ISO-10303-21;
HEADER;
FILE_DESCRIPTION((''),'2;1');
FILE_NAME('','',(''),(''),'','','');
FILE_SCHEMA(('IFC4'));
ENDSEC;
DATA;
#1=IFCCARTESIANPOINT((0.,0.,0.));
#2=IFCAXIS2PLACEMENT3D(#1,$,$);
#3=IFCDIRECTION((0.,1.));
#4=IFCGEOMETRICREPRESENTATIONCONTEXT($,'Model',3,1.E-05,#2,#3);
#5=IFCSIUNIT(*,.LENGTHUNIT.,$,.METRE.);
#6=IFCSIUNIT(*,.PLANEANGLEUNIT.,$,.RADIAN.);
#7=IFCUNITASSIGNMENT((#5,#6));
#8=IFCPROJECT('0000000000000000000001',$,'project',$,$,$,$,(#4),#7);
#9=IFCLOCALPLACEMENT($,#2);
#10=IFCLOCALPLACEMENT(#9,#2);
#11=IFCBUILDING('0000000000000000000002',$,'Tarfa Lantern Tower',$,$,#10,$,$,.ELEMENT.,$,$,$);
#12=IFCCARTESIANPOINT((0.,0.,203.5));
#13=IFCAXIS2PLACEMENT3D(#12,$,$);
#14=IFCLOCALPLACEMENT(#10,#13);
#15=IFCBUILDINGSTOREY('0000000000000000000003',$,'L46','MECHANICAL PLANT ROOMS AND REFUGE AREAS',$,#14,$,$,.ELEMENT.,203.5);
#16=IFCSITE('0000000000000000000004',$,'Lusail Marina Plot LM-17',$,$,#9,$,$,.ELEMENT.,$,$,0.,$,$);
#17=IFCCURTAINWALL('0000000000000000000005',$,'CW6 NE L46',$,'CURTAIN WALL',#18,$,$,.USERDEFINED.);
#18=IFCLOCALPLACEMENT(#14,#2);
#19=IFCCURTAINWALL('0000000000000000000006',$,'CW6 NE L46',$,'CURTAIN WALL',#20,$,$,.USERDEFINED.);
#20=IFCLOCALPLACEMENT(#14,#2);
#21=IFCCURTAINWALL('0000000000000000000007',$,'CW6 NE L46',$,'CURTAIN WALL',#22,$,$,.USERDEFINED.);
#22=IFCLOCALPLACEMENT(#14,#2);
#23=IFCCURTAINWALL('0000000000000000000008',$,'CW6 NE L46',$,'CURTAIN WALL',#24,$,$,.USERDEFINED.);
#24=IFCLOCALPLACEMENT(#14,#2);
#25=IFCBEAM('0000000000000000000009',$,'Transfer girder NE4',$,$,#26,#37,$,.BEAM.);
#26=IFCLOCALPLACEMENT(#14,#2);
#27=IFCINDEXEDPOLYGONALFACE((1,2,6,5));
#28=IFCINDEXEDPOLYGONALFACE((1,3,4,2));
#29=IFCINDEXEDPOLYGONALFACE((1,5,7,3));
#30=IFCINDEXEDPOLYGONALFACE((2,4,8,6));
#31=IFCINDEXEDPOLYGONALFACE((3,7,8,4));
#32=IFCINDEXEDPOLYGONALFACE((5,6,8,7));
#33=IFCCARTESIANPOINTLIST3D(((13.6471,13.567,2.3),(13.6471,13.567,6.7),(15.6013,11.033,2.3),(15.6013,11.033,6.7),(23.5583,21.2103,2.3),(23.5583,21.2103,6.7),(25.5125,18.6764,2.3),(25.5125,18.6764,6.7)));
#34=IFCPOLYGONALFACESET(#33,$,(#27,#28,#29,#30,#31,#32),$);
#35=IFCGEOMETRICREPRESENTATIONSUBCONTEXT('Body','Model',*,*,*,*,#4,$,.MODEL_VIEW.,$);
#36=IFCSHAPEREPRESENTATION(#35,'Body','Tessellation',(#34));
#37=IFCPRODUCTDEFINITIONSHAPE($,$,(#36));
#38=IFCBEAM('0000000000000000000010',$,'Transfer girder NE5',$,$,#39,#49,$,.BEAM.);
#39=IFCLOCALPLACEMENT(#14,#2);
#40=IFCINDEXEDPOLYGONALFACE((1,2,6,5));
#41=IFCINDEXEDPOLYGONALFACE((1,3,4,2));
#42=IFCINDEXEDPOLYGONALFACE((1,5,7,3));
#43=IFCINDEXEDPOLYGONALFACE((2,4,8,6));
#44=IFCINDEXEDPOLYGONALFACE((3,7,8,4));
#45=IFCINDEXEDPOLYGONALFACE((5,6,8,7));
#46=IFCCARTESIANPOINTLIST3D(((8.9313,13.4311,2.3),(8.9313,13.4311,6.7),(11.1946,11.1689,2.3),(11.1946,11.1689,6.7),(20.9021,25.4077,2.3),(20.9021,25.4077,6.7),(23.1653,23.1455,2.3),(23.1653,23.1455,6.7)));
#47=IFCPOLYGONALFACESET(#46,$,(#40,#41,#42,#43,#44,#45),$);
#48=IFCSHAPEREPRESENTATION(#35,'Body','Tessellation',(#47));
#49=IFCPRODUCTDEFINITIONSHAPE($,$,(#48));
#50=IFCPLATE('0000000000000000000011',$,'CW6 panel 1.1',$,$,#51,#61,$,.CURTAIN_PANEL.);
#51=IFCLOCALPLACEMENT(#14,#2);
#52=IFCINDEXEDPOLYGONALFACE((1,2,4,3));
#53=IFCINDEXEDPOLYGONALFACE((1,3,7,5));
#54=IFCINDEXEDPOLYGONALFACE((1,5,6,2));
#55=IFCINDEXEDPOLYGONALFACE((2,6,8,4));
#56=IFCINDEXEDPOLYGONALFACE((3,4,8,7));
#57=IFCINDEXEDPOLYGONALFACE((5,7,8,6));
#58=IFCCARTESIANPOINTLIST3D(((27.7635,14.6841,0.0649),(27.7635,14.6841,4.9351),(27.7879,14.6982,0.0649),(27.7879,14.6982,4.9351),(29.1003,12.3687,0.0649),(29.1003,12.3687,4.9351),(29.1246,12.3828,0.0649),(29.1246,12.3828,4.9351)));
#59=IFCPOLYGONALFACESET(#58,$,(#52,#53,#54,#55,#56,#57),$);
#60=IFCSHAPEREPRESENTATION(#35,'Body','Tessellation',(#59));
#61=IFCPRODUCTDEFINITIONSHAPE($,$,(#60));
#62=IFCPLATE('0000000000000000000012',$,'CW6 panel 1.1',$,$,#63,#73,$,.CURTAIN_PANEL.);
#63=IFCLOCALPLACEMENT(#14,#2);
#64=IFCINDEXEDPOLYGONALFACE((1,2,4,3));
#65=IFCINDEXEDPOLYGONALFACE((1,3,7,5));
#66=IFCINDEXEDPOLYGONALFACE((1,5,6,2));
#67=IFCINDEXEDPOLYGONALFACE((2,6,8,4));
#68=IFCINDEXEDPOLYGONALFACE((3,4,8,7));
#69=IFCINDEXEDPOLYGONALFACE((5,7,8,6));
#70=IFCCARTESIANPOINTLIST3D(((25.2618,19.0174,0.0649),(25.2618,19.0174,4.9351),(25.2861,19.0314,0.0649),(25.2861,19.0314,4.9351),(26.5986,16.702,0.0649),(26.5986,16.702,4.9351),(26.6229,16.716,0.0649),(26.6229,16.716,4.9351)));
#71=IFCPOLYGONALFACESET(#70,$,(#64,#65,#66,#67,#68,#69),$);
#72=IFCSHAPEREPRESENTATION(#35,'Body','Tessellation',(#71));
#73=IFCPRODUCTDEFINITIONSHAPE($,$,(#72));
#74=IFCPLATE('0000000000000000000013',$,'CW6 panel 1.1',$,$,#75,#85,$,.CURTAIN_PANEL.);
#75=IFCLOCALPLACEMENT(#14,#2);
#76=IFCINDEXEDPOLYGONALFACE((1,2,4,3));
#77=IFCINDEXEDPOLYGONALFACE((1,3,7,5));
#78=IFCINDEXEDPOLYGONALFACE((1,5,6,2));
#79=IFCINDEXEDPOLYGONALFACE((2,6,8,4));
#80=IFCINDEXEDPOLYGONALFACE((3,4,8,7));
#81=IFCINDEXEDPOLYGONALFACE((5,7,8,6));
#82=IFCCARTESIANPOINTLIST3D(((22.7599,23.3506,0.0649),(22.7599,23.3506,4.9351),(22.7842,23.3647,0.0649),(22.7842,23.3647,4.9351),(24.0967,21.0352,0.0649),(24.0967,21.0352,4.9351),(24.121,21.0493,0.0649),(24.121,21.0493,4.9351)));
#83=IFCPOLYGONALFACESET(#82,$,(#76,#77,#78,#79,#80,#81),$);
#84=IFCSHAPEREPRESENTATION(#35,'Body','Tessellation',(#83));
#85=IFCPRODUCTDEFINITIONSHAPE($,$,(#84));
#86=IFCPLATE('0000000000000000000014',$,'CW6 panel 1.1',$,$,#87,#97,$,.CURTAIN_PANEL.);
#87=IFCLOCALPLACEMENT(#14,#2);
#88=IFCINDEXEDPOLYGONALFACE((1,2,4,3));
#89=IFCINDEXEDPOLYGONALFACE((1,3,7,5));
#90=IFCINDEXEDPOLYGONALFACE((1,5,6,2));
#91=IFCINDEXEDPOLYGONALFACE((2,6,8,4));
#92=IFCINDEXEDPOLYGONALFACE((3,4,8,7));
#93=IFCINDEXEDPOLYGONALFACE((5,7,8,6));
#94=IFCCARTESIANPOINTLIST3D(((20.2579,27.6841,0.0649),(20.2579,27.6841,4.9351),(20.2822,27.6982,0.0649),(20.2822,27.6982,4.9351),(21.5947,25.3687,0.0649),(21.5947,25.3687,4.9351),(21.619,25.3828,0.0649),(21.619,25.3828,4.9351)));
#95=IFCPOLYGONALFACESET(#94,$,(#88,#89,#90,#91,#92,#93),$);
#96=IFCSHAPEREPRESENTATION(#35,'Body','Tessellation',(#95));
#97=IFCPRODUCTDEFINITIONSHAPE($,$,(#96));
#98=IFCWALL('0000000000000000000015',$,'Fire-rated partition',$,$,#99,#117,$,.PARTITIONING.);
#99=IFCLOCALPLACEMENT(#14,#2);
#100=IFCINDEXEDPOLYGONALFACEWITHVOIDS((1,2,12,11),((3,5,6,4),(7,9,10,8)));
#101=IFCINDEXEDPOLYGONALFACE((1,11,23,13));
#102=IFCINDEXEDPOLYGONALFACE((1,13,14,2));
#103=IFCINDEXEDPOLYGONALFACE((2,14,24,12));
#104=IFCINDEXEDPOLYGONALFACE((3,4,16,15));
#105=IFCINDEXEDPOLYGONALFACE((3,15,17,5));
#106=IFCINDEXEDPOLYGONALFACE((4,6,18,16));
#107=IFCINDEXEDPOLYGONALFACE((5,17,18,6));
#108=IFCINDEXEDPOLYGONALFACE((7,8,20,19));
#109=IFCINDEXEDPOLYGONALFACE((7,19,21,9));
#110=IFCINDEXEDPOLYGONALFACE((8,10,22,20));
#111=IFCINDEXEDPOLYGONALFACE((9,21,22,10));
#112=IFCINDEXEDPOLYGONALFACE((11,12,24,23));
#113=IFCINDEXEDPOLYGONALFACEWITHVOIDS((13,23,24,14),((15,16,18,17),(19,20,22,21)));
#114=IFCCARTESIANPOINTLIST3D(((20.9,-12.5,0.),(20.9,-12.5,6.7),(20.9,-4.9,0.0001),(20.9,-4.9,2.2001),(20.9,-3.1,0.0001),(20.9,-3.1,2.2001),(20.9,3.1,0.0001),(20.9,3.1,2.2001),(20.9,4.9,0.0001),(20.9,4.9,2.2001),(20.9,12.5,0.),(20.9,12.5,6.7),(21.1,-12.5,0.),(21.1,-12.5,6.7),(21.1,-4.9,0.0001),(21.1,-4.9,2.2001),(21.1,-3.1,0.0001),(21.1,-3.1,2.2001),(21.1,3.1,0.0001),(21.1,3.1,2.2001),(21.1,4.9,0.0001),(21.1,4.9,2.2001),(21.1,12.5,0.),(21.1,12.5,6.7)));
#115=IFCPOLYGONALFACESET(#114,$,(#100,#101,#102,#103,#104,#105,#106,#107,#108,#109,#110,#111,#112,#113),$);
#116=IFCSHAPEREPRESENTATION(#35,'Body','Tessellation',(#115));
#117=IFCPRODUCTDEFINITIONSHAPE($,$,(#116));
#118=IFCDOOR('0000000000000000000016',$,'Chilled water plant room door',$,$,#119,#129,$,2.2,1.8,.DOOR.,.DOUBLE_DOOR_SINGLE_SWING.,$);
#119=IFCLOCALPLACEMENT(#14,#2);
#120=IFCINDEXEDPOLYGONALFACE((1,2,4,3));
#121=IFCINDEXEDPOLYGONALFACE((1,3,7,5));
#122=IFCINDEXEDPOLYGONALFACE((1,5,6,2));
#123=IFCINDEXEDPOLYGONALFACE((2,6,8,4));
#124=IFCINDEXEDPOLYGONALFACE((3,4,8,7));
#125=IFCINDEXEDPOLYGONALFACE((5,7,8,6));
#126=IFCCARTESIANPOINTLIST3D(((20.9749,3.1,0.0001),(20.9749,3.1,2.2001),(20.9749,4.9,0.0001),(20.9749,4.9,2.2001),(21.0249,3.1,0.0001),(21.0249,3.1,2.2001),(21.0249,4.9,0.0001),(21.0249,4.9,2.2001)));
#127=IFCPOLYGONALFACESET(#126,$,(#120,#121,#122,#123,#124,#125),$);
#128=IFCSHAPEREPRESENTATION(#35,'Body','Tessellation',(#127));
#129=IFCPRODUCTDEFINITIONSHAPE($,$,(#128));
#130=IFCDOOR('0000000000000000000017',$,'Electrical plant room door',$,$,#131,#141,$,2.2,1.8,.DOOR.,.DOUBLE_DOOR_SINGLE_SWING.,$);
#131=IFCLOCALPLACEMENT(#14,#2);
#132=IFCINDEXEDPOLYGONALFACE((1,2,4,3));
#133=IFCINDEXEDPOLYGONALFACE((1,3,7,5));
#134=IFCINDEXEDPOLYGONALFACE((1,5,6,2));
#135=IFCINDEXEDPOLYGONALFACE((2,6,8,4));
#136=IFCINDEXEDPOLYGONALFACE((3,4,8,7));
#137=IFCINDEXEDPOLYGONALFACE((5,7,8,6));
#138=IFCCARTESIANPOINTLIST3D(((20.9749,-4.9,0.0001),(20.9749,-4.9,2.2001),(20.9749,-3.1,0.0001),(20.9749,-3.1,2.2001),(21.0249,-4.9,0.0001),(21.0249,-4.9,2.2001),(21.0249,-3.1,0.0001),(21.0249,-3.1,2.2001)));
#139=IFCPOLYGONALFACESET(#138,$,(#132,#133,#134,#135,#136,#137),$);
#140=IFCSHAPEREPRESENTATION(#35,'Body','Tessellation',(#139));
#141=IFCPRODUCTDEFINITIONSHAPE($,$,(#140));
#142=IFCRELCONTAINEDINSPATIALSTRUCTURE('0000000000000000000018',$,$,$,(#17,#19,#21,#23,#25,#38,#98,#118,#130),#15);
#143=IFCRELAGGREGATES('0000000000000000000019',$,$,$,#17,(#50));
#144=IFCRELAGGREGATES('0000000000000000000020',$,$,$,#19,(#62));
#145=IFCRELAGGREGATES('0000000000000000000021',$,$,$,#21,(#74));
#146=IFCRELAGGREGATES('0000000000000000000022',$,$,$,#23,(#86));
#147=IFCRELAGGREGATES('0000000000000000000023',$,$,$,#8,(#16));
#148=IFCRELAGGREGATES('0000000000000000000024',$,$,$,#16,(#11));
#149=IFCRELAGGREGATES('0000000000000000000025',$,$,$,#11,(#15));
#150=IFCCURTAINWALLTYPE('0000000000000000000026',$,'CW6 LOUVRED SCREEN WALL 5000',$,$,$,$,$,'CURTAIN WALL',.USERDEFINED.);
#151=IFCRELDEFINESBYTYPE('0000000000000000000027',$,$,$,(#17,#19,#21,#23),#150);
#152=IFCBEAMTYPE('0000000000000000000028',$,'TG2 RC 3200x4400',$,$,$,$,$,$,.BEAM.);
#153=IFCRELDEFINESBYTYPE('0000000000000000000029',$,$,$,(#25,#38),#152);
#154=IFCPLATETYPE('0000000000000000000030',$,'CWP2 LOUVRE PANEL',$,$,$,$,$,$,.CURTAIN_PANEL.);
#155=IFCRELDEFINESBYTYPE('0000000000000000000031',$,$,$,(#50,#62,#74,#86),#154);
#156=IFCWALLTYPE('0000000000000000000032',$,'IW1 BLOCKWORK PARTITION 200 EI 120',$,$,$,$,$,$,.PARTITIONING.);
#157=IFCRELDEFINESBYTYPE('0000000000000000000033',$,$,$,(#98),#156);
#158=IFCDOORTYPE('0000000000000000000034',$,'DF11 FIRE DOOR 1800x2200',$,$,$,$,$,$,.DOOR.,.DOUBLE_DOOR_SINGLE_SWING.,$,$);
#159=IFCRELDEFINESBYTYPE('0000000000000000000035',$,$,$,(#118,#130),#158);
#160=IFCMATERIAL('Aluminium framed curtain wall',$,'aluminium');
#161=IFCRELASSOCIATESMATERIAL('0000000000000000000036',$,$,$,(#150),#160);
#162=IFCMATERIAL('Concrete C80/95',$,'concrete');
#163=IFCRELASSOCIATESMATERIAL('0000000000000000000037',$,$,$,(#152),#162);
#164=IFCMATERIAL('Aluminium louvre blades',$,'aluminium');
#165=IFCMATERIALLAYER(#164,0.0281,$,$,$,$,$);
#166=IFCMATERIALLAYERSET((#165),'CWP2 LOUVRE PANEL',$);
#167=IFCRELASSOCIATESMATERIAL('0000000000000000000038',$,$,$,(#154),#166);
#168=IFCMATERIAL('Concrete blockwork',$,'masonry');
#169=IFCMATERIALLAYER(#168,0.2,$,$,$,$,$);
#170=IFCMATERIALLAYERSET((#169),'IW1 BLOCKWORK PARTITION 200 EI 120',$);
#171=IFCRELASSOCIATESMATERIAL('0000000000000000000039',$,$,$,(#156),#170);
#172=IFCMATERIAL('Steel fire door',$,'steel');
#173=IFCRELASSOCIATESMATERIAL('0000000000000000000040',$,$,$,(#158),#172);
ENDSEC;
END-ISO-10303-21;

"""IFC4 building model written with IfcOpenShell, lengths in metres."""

from ifc_helpers import new_model, si_unit, direction, frame, frame_2d, origin, origin_2d, place, context, subcontext, project, spatial, rectangle, extrude, material, layer, layer_set, material_profile, profile_set, type_object, element, fill, aggregate, save


model = new_model("IFC4")

# Units and contexts
model_context = context("Model", 3, precision=1e-05, world=origin(), true_north=direction((0.0, 1.0)))
body_context = subcontext(model_context, "Body", "Model", "MODEL_VIEW")
ifc_project = project(units=[si_unit("LENGTHUNIT", "METRE"), si_unit("PLANEANGLEUNIT", "RADIAN")], contexts=[model_context])

# Site, building, storey
site_placement = place(None, origin())
site = spatial("IfcSite", under=ifc_project, at=site_placement, Name="Lusail Marina Plot LM-17", CompositionType="ELEMENT", RefElevation=0.0)
building_placement = place(site_placement, origin())
building = spatial("IfcBuilding", under=site, at=building_placement, Name="Tarfa Lantern Tower", CompositionType="ELEMENT")
storey_placement = place(building_placement, frame((0.0, 0.0, 203.5)))
storey = spatial("IfcBuildingStorey", under=building, at=storey_placement, Name="L46", Description="MECHANICAL PLANT ROOMS AND REFUGE AREAS", CompositionType="ELEMENT", Elevation=203.5)

# Shared definitions
ifc_material_1 = material(Name="Concrete C80/95", Category="concrete")

# Curtain wall
ifc_material_2 = material(Name="Aluminium framed curtain wall", Category="aluminium")
curtain_wall_type = type_object("IfcCurtainWallType", Name="CW6 LOUVRED SCREEN WALL 5000", ElementType="CURTAIN WALL", PredefinedType="USERDEFINED", material=ifc_material_2)
curtain_wall_1_placement = place(storey_placement, origin())
curtain_wall_1 = element("IfcCurtainWall", 1, at=curtain_wall_1_placement, inside=storey, type_object=curtain_wall_type, Name="CW6 NE L46", ObjectType="CURTAIN WALL", PredefinedType="USERDEFINED")

# Curtain walls
curtain_wall_2_placement = place(storey_placement, origin())
curtain_wall_2 = element("IfcCurtainWall", 2, at=curtain_wall_2_placement, inside=storey, type_object=curtain_wall_type, Name="CW6 NE L46", ObjectType="CURTAIN WALL", PredefinedType="USERDEFINED")
curtain_wall_3_placement = place(storey_placement, origin())
curtain_wall_3 = element("IfcCurtainWall", 3, at=curtain_wall_3_placement, inside=storey, type_object=curtain_wall_type, Name="CW6 NE L46", ObjectType="CURTAIN WALL", PredefinedType="USERDEFINED")
curtain_wall_4_placement = place(storey_placement, origin())
curtain_wall_4 = element("IfcCurtainWall", 4, at=curtain_wall_4_placement, inside=storey, type_object=curtain_wall_type, Name="CW6 NE L46", ObjectType="CURTAIN WALL", PredefinedType="USERDEFINED")

# Beams
ifc_material_profile_1 = material_profile(ifc_material_1, rectangle(XDim=3.2, YDim=4.3999, at=origin_2d()), Name="RC 3200x4400")
ifc_profile_set_1 = profile_set([ifc_material_profile_1], Name="Concrete C80/95")
beam_type_1 = type_object("IfcBeamType", Name="TG2 RC 3200x4400", PredefinedType="BEAM", material=ifc_profile_set_1)
beam_1_placement = place(storey_placement, frame((24.5354, 19.9434, 4.5), z_axis=(-0.791876, -0.610682, 0.0), x_axis=(0.610682, -0.791876, 0.0)))
element("IfcBeam", 5, at=beam_1_placement, inside=storey, type_object=beam_type_1, Name="Transfer girder NE4", PredefinedType="BEAM", context=body_context, shape_type="SweptSolid", body=[
    extrude(rectangle(XDim=3.2, YDim=4.3999, at=origin_2d()), origin(), (0.0, 0.0, 1.0), 12.5161),
])
beam_2_placement = place(storey_placement, frame((22.0337, 24.2766, 4.5), z_axis=(-0.706934, -0.70728, 0.0), x_axis=(0.70728, -0.706934, 0.0)))
element("IfcBeam", 6, at=beam_2_placement, inside=storey, type_object=beam_type_1, Name="Transfer girder NE5", PredefinedType="BEAM", context=body_context, shape_type="SweptSolid", body=[
    extrude(rectangle(XDim=3.2, YDim=4.3999, at=origin_2d()), origin(), (0.0, 0.0, 1.0), 16.9333),
])

# Plates
ifc_material_3 = material(Name="Aluminium louvre blades", Category="aluminium")
ifc_layer_1 = layer(ifc_material_3, 0.0281)
ifc_layer_set_1 = layer_set([ifc_layer_1], Name="CWP2 LOUVRE PANEL")
plate_type = type_object("IfcPlateType", Name="CWP2 LOUVRE PANEL", PredefinedType="CURTAIN_PANEL", material=ifc_layer_set_1)
plate_1_placement = place(storey_placement, frame((28.4441, 13.5334, 0.0649), z_axis=(0.0, 0.0, 1.0), x_axis=(-0.5, 0.866025, 0.0)))
plate_1 = element("IfcPlate", 7, at=plate_1_placement, type_object=plate_type, Name="CW6 panel 1.1", PredefinedType="CURTAIN_PANEL", context=body_context, shape_type="SweptSolid", body=[
    extrude(rectangle(XDim=2.6736, YDim=0.0281, at=origin_2d()), origin(), (0.0, 0.0, 1.0), 4.8701),
])
aggregate(curtain_wall_1, [plate_1])
plate_2_placement = place(storey_placement, frame((25.9424, 17.8667, 0.0649), z_axis=(0.0, 0.0, 1.0), x_axis=(-0.5, 0.866025, 0.0)))
plate_2 = element("IfcPlate", 8, at=plate_2_placement, type_object=plate_type, Name="CW6 panel 1.1", PredefinedType="CURTAIN_PANEL", context=body_context, shape_type="SweptSolid", body=[
    extrude(rectangle(XDim=2.6736, YDim=0.0281, at=origin_2d()), origin(), (0.0, 0.0, 1.0), 4.8701),
])
aggregate(curtain_wall_2, [plate_2])
plate_3_placement = place(storey_placement, frame((23.4404, 22.2, 0.0649), z_axis=(0.0, 0.0, 1.0), x_axis=(-0.5, 0.866025, 0.0)))
plate_3 = element("IfcPlate", 9, at=plate_3_placement, type_object=plate_type, Name="CW6 panel 1.1", PredefinedType="CURTAIN_PANEL", context=body_context, shape_type="SweptSolid", body=[
    extrude(rectangle(XDim=2.6736, YDim=0.0281, at=origin_2d()), origin(), (0.0, 0.0, 1.0), 4.8701),
])
aggregate(curtain_wall_3, [plate_3])
plate_4_placement = place(storey_placement, frame((20.9385, 26.5334, 0.0649), z_axis=(0.0, 0.0, 1.0), x_axis=(-0.5, 0.866025, 0.0)))
plate_4 = element("IfcPlate", 10, at=plate_4_placement, type_object=plate_type, Name="CW6 panel 1.1", PredefinedType="CURTAIN_PANEL", context=body_context, shape_type="SweptSolid", body=[
    extrude(rectangle(XDim=2.6736, YDim=0.0281, at=origin_2d()), origin(), (0.0, 0.0, 1.0), 4.8701),
])
aggregate(curtain_wall_4, [plate_4])

# Wall, openings, doors
ifc_material_4 = material(Name="Concrete blockwork", Category="masonry")
ifc_layer_2 = layer(ifc_material_4, 0.2)
ifc_layer_set_2 = layer_set([ifc_layer_2], Name="IW1 BLOCKWORK PARTITION 200 EI 120")
wall_type = type_object("IfcWallType", Name="IW1 BLOCKWORK PARTITION 200 EI 120", PredefinedType="PARTITIONING", material=ifc_layer_set_2)
wall_placement = place(storey_placement, frame((21.0, 12.5, 0.0), z_axis=(0.0, 0.0, 1.0), x_axis=(0.0, -1.0, 0.0)))
wall = element("IfcWall", 11, at=wall_placement, inside=storey, type_object=wall_type, Name="Fire-rated partition", PredefinedType="PARTITIONING", context=body_context, shape_type="SweptSolid", body=[
    extrude(rectangle(XDim=25.0, YDim=0.2, at=frame_2d((12.5, 0.0))), origin(), (0.0, 0.0, 1.0), 6.7),
])
opening_1_placement = place(wall_placement, frame((7.6001, 0.0, 0.0)))
opening_1 = element("IfcOpeningElement", 12, at=opening_1_placement, cuts=wall, PredefinedType="OPENING", context=body_context, shape_type="SweptSolid", body=[
    extrude(rectangle(XDim=1.8, YDim=2.2, at=frame_2d((0.8999, 1.1001))), frame((0.0, 0.1099, 0.0), z_axis=(0.0, -1.0, 0.0), x_axis=(1.0, 0.0, 0.0)), (0.0, 0.0, 1.0), 0.22),
])
opening_2_placement = place(wall_placement, frame((15.6001, 0.0, 0.0)))
opening_2 = element("IfcOpeningElement", 13, at=opening_2_placement, cuts=wall, PredefinedType="OPENING", context=body_context, shape_type="SweptSolid", body=[
    extrude(rectangle(XDim=1.8, YDim=2.2, at=frame_2d((0.8999, 1.1001))), frame((0.0, 0.1099, 0.0), z_axis=(0.0, -1.0, 0.0), x_axis=(1.0, 0.0, 0.0)), (0.0, 0.0, 1.0), 0.22),
])
ifc_material_5 = material(Name="Steel fire door", Category="steel")
door_type = type_object("IfcDoorType", Name="DF11 FIRE DOOR 1800x2200", OperationType="DOUBLE_DOOR_SINGLE_SWING", PredefinedType="DOOR", material=ifc_material_5)
door_1_placement = place(opening_1_placement, origin())
door_1 = element("IfcDoor", 14, at=door_1_placement, inside=storey, type_object=door_type, Name="Chilled water plant room door", OperationType="DOUBLE_DOOR_SINGLE_SWING", OverallHeight=2.2, OverallWidth=1.8, PredefinedType="DOOR", context=body_context, shape_type="SweptSolid", body=[
    extrude(rectangle(XDim=1.8, YDim=2.2, at=frame_2d((0.8999, 1.1001))), frame((0.0, 0.0249, 0.0), z_axis=(0.0, -1.0, 0.0), x_axis=(1.0, 0.0, 0.0)), (0.0, 0.0, 1.0), 0.05),
])
fill(opening_1, door_1)
door_2_placement = place(opening_2_placement, origin())
door_2 = element("IfcDoor", 15, at=door_2_placement, inside=storey, type_object=door_type, Name="Electrical plant room door", OperationType="DOUBLE_DOOR_SINGLE_SWING", OverallHeight=2.2, OverallWidth=1.8, PredefinedType="DOOR", context=body_context, shape_type="SweptSolid", body=[
    extrude(rectangle(XDim=1.8, YDim=2.2, at=frame_2d((0.8999, 1.1001))), frame((0.0, 0.0249, 0.0), z_axis=(0.0, -1.0, 0.0), x_axis=(1.0, 0.0, 0.0)), (0.0, 0.0, 1.0), 0.05),
])
fill(opening_2, door_2)

save(model, "model.ifc")
